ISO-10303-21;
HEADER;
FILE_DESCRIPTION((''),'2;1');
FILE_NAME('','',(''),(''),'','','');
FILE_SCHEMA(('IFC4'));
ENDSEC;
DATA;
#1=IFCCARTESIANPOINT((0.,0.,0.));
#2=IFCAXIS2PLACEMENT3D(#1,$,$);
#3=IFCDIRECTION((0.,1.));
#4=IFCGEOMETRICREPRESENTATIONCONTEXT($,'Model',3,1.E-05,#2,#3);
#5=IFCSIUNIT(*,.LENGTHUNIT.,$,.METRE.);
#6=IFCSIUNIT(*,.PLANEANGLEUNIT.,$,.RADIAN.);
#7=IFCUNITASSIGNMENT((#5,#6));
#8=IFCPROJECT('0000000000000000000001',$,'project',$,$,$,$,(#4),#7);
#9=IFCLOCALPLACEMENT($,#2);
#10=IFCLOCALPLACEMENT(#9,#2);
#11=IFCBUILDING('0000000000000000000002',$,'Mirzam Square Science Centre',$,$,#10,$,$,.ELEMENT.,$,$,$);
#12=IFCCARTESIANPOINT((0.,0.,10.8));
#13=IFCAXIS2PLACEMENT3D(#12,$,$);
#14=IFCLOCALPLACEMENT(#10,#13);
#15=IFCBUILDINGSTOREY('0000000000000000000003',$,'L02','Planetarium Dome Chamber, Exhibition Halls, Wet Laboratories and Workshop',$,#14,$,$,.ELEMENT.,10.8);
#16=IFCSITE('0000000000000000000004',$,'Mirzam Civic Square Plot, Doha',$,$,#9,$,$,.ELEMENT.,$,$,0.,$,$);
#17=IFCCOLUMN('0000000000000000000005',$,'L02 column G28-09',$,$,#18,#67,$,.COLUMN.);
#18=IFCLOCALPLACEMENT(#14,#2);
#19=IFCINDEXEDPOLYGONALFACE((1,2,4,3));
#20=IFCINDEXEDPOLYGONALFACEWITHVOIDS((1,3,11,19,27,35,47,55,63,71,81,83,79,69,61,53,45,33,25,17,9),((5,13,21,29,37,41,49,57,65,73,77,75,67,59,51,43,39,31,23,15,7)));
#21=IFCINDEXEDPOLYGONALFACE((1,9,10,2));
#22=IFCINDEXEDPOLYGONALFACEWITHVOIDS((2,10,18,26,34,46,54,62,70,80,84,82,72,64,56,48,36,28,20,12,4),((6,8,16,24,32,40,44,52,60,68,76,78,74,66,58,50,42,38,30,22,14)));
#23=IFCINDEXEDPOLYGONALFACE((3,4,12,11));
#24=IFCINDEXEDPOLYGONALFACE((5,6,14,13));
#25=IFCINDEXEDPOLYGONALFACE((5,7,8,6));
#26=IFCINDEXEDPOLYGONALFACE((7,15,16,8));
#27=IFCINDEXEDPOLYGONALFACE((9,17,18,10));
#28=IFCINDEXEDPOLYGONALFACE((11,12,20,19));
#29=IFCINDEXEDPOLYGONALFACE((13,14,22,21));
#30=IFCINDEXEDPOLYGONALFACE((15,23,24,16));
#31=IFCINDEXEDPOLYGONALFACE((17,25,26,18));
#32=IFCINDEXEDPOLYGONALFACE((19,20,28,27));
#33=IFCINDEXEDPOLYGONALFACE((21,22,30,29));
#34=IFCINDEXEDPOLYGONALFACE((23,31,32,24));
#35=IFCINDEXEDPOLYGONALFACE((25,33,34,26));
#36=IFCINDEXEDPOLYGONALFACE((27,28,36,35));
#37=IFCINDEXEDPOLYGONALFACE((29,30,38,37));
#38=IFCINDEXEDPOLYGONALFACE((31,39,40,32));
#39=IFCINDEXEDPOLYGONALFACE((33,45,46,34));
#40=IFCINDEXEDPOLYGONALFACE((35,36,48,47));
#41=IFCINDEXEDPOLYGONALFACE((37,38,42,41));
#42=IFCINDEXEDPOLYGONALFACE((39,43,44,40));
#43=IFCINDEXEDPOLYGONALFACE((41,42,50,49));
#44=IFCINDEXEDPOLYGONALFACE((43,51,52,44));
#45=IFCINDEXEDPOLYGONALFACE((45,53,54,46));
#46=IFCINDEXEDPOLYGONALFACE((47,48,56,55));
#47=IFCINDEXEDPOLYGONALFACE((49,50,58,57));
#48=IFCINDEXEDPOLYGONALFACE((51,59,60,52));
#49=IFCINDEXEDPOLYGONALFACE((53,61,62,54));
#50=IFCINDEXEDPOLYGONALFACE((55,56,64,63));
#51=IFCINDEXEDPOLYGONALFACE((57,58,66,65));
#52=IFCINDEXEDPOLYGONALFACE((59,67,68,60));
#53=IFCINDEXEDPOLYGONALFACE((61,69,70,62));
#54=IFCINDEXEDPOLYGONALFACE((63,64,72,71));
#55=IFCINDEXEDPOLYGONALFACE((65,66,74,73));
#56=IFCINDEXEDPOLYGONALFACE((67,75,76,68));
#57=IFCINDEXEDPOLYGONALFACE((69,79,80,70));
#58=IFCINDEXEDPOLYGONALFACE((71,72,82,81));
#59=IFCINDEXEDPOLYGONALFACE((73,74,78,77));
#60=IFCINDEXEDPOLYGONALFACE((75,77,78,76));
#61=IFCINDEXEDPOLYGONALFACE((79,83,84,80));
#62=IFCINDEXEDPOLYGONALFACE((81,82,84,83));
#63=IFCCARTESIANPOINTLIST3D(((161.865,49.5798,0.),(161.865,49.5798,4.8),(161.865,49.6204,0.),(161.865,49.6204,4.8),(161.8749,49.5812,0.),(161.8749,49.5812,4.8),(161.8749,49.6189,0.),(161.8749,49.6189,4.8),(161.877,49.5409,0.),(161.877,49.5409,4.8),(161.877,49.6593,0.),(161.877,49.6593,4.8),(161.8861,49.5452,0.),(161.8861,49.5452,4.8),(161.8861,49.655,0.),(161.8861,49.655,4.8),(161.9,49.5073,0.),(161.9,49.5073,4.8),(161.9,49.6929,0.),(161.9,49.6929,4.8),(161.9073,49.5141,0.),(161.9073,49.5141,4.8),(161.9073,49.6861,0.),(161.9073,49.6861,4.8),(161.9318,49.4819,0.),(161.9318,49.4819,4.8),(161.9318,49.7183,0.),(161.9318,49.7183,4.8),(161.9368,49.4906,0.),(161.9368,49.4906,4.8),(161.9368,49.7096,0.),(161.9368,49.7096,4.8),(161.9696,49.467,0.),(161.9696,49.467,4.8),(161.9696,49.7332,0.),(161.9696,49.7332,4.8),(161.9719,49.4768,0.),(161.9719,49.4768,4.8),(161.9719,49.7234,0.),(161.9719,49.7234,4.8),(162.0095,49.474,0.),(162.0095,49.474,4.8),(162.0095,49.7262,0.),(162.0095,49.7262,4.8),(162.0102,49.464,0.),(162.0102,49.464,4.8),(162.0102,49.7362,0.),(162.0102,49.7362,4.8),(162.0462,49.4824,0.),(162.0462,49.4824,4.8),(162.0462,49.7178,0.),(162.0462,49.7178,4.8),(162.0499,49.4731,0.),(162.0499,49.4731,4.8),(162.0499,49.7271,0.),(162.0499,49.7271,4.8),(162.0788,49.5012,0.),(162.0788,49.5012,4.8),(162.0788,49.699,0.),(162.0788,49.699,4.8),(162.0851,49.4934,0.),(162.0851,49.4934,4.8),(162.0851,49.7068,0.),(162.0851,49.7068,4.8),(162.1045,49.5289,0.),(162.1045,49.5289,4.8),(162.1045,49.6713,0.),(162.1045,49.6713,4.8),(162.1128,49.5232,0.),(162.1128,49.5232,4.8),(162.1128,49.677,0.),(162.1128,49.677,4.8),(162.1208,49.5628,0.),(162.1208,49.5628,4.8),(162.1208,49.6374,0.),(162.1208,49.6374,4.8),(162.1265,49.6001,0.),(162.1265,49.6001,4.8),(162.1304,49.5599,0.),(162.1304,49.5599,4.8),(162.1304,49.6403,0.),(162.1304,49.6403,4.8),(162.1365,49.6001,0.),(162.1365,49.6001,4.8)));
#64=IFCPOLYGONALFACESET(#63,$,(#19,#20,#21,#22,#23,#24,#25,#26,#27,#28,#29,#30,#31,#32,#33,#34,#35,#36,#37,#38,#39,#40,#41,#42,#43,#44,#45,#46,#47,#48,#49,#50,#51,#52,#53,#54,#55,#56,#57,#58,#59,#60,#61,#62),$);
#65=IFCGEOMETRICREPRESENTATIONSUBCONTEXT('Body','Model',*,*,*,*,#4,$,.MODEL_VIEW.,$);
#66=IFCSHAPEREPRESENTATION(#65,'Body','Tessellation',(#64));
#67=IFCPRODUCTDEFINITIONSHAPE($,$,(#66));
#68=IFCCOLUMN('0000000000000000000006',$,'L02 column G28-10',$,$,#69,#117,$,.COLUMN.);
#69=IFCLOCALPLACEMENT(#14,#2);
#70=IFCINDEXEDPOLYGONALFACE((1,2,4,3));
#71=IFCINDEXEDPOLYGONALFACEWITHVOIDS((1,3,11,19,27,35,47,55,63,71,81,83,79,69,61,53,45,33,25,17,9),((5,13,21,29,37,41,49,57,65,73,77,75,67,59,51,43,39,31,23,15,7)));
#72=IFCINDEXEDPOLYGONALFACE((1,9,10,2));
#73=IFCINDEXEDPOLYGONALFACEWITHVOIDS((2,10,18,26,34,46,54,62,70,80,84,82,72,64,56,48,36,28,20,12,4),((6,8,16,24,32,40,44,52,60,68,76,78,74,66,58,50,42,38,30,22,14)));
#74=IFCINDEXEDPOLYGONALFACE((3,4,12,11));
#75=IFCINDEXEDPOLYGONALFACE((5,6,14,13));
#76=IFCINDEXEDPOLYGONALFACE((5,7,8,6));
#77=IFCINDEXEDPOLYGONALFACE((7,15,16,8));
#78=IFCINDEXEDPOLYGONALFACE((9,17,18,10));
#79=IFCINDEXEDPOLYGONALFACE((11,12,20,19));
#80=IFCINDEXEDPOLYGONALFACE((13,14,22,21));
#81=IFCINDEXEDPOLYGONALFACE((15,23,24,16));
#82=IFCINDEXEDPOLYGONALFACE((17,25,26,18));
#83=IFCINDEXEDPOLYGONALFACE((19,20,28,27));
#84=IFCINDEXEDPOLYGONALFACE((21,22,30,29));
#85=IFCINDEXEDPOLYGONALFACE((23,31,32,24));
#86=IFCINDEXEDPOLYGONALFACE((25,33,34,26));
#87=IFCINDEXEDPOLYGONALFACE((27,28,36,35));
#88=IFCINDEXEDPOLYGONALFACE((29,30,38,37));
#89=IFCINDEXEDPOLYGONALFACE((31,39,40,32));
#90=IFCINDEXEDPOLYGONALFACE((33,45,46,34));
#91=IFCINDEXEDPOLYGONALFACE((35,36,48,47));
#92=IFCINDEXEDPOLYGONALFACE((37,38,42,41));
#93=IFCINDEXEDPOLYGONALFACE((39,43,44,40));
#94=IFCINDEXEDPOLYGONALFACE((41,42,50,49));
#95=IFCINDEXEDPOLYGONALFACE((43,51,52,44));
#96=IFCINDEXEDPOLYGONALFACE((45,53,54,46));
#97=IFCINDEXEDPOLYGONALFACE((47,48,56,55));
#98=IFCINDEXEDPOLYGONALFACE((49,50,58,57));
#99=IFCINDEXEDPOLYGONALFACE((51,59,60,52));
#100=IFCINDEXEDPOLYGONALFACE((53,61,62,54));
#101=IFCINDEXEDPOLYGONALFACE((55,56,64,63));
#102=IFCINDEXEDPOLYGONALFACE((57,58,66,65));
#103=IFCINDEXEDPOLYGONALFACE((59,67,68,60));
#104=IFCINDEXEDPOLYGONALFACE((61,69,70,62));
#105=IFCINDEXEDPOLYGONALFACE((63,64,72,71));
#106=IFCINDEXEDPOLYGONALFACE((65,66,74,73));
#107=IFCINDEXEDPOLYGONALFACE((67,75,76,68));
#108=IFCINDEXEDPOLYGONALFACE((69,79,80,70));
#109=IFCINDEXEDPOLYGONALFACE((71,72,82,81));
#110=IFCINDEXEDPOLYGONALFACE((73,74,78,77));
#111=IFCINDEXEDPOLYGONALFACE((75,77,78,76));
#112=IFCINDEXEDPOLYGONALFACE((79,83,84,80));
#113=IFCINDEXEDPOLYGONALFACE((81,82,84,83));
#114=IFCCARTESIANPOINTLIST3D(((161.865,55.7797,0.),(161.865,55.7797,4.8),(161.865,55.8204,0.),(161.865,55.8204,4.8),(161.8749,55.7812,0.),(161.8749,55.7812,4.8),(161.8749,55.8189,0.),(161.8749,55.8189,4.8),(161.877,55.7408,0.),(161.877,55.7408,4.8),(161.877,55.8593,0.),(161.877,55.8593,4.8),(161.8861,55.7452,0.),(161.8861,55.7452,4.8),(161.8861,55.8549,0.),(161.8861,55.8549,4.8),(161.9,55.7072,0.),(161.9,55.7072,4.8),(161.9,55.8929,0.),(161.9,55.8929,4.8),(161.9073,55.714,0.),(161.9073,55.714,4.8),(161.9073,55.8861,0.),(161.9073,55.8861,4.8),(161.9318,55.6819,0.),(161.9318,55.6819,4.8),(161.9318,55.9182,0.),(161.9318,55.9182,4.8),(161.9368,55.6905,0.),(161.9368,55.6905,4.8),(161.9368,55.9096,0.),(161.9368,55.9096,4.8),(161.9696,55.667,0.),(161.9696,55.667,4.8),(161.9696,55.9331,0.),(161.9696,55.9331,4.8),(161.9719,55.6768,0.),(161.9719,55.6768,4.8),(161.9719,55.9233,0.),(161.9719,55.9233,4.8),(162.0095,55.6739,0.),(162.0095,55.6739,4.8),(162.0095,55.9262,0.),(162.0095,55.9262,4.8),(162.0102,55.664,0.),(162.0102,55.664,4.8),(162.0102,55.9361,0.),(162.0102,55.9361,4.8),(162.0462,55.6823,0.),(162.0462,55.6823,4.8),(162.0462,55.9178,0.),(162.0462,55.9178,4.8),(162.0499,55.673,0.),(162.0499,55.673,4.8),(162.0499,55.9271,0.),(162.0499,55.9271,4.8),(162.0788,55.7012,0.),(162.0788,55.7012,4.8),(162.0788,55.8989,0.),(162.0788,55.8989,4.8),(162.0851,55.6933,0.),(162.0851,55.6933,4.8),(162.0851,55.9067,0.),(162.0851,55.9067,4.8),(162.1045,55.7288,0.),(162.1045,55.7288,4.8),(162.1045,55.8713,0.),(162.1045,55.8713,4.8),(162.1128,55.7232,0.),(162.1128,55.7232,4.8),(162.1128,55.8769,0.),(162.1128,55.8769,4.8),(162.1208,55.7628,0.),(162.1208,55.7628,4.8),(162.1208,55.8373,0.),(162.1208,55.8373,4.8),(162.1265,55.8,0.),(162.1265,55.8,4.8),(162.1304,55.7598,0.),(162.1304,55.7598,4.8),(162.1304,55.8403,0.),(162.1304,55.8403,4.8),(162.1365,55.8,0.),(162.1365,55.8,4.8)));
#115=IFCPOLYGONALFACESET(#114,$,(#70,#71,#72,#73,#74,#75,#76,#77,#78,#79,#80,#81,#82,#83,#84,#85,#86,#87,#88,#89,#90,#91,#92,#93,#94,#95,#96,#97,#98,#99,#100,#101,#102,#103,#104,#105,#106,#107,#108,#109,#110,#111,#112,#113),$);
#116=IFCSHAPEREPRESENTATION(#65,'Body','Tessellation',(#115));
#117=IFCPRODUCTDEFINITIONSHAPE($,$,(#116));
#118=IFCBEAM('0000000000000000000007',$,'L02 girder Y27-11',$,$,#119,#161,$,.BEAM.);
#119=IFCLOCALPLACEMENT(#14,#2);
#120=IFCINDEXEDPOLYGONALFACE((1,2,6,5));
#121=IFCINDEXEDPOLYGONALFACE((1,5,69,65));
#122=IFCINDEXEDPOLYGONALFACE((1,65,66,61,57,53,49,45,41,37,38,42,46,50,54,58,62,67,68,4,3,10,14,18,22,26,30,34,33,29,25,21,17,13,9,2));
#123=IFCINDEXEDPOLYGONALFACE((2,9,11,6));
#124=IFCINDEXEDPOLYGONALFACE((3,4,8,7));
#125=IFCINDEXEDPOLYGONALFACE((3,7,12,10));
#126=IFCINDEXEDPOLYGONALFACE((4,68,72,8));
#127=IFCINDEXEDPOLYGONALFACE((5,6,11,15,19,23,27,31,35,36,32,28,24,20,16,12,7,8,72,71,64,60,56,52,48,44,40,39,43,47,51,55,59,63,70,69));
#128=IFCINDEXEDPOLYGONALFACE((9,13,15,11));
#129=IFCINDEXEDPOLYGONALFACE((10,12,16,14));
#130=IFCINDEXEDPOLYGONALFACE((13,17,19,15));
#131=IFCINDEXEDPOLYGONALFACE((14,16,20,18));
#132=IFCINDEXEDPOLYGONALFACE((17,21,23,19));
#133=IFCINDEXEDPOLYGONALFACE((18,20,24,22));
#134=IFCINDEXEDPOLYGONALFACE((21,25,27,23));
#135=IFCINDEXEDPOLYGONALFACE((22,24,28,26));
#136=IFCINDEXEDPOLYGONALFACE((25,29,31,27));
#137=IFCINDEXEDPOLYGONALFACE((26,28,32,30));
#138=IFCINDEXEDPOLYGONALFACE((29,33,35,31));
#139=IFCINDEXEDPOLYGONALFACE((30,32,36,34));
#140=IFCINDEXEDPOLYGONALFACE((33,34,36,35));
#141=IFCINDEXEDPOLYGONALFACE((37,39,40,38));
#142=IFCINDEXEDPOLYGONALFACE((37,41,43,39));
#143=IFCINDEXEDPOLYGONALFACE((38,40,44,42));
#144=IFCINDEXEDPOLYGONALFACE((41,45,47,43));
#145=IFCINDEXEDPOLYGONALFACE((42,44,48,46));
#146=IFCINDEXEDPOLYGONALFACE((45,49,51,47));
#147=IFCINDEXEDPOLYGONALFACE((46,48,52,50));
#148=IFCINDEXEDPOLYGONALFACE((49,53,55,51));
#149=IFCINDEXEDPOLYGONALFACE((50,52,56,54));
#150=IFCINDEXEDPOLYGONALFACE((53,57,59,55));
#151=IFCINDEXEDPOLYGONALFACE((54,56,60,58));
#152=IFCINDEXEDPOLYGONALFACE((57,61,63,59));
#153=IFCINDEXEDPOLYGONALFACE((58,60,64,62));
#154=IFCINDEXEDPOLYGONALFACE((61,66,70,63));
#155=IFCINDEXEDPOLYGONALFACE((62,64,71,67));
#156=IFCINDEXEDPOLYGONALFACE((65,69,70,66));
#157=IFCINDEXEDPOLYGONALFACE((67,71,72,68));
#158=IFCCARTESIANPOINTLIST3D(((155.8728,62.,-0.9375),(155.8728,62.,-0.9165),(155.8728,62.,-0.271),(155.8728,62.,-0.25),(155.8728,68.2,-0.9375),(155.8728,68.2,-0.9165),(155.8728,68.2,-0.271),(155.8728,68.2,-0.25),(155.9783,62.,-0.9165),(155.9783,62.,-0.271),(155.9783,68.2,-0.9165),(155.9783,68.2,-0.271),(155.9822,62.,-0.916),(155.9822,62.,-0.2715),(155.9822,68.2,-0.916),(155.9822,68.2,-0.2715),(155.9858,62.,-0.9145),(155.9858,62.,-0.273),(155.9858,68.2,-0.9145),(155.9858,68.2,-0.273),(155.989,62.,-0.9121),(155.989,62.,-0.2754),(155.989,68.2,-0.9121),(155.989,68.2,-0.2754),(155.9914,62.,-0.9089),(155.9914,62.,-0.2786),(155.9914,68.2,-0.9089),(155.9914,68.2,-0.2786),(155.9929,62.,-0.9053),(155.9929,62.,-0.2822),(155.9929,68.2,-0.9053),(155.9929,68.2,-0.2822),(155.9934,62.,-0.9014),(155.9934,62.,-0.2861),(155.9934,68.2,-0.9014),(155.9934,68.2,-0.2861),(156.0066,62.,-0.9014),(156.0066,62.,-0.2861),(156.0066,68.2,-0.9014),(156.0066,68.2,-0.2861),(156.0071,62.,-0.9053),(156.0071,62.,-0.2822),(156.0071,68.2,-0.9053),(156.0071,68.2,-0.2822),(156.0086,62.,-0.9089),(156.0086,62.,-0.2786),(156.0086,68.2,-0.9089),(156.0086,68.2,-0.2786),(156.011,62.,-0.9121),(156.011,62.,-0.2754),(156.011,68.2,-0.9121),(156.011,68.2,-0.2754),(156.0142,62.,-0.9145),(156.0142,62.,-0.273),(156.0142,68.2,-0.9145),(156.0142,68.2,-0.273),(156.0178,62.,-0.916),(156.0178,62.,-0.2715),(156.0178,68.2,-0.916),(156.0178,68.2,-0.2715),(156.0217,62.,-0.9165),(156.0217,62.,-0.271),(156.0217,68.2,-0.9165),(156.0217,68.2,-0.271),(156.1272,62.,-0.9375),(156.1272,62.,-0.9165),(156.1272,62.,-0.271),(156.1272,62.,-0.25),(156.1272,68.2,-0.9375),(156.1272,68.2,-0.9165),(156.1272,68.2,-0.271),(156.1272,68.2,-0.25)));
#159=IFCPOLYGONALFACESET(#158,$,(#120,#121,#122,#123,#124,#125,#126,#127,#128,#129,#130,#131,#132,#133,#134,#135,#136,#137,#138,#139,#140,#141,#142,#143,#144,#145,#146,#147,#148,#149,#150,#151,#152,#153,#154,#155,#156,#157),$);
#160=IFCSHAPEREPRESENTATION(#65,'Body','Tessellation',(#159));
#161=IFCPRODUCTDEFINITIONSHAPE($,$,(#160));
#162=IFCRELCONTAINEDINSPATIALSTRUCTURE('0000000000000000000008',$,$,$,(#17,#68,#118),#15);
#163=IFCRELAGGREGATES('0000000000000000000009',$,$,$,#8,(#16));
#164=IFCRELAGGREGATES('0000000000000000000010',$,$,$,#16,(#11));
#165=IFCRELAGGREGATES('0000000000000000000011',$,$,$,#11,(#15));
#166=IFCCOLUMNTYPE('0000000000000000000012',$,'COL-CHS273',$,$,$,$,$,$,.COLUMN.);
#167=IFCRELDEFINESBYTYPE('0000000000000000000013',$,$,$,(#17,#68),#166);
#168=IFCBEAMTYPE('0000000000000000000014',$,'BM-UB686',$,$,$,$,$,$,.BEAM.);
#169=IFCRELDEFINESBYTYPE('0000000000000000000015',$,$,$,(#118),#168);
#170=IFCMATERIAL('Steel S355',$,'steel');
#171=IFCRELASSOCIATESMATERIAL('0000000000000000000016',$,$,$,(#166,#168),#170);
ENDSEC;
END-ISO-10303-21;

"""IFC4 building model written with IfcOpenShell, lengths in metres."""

from ifc_helpers import new_model, si_unit, direction, frame, origin, origin_2d, place, context, subcontext, project, spatial, hollow_circle, i_section, extrude, material, material_profile, profile_set, type_object, element, save


model = new_model("IFC4")

# Units and contexts
model_context = context("Model", 3, precision=1e-05, world=origin(), true_north=direction((0.0, 1.0)))
body_context = subcontext(model_context, "Body", "Model", "MODEL_VIEW")
ifc_project = project(units=[si_unit("LENGTHUNIT", "METRE"), si_unit("PLANEANGLEUNIT", "RADIAN")], contexts=[model_context])

# Site, building, storey
site_placement = place(None, origin())
site = spatial("IfcSite", under=ifc_project, at=site_placement, Name="Mirzam Civic Square Plot, Doha", CompositionType="ELEMENT", RefElevation=0.0)
building_placement = place(site_placement, origin())
building = spatial("IfcBuilding", under=site, at=building_placement, Name="Mirzam Square Science Centre", CompositionType="ELEMENT")
storey_placement = place(building_placement, frame((0.0, 0.0, 10.8)))
storey = spatial("IfcBuildingStorey", under=building, at=storey_placement, Name="L02", Description="Planetarium Dome Chamber, Exhibition Halls, Wet Laboratories and Workshop", CompositionType="ELEMENT", Elevation=10.8)

# Columns
ifc_material_1 = material(Name="Steel S355", Category="steel")
ifc_material_profile_1 = material_profile(ifc_material_1, hollow_circle(Radius=0.1365, WallThickness=0.01, at=origin_2d()), Name="273.0x10.0CHS")
ifc_profile_set_1 = profile_set([ifc_material_profile_1], Name="Steel S355")
column_type = type_object("IfcColumnType", Name="COL-CHS273", PredefinedType="COLUMN", material=ifc_profile_set_1)
for number, where, z_axis, x_axis, name in (
    (1, (162.0, 49.6001, 0.0), (0.0, 0.0, 1.0), (1.0, 0.0, 0.0), "L02 column G28-09"),
    (2, (162.0, 55.8, 0.0), (0.0, 0.0, 1.0), (1.0, 0.0, 0.0), "L02 column G28-10"),
):
    element("IfcColumn", number, at=place(storey_placement, frame(where, z_axis=z_axis, x_axis=x_axis)), inside=storey, type_object=column_type, Name=name, PredefinedType="COLUMN", context=body_context, shape_type="SweptSolid", body=[
        extrude(hollow_circle(Radius=0.1365, WallThickness=0.01, at=origin_2d()), origin(), (0.0, 0.0, 1.0), 4.8),
    ])

# Beam
ifc_material_profile_2 = material_profile(ifc_material_1, i_section(OverallWidth=0.2544, OverallDepth=0.6875, WebThickness=0.0132, FlangeThickness=0.021, FilletRadius=0.0151, at=origin_2d()), Name="686x254x152UB")
ifc_profile_set_2 = profile_set([ifc_material_profile_2], Name="Steel S355")
beam_type_1 = type_object("IfcBeamType", Name="BM-UB686", PredefinedType="BEAM", material=ifc_profile_set_2)
beam_1_placement = place(storey_placement, frame((156.0, 62.0, -0.5938), z_axis=(0.0, 1.0, 0.0), x_axis=(-1.0, 0.0, 0.0)))
element("IfcBeam", 3, at=beam_1_placement, inside=storey, type_object=beam_type_1, Name="L02 girder Y27-11", PredefinedType="BEAM", context=body_context, shape_type="SweptSolid", body=[
    extrude(i_section(OverallWidth=0.2544, OverallDepth=0.6875, WebThickness=0.0132, FlangeThickness=0.021, FilletRadius=0.0151, at=origin_2d()), origin(), (0.0, 0.0, 1.0), 6.2),
])

save(model, "model.ifc")
